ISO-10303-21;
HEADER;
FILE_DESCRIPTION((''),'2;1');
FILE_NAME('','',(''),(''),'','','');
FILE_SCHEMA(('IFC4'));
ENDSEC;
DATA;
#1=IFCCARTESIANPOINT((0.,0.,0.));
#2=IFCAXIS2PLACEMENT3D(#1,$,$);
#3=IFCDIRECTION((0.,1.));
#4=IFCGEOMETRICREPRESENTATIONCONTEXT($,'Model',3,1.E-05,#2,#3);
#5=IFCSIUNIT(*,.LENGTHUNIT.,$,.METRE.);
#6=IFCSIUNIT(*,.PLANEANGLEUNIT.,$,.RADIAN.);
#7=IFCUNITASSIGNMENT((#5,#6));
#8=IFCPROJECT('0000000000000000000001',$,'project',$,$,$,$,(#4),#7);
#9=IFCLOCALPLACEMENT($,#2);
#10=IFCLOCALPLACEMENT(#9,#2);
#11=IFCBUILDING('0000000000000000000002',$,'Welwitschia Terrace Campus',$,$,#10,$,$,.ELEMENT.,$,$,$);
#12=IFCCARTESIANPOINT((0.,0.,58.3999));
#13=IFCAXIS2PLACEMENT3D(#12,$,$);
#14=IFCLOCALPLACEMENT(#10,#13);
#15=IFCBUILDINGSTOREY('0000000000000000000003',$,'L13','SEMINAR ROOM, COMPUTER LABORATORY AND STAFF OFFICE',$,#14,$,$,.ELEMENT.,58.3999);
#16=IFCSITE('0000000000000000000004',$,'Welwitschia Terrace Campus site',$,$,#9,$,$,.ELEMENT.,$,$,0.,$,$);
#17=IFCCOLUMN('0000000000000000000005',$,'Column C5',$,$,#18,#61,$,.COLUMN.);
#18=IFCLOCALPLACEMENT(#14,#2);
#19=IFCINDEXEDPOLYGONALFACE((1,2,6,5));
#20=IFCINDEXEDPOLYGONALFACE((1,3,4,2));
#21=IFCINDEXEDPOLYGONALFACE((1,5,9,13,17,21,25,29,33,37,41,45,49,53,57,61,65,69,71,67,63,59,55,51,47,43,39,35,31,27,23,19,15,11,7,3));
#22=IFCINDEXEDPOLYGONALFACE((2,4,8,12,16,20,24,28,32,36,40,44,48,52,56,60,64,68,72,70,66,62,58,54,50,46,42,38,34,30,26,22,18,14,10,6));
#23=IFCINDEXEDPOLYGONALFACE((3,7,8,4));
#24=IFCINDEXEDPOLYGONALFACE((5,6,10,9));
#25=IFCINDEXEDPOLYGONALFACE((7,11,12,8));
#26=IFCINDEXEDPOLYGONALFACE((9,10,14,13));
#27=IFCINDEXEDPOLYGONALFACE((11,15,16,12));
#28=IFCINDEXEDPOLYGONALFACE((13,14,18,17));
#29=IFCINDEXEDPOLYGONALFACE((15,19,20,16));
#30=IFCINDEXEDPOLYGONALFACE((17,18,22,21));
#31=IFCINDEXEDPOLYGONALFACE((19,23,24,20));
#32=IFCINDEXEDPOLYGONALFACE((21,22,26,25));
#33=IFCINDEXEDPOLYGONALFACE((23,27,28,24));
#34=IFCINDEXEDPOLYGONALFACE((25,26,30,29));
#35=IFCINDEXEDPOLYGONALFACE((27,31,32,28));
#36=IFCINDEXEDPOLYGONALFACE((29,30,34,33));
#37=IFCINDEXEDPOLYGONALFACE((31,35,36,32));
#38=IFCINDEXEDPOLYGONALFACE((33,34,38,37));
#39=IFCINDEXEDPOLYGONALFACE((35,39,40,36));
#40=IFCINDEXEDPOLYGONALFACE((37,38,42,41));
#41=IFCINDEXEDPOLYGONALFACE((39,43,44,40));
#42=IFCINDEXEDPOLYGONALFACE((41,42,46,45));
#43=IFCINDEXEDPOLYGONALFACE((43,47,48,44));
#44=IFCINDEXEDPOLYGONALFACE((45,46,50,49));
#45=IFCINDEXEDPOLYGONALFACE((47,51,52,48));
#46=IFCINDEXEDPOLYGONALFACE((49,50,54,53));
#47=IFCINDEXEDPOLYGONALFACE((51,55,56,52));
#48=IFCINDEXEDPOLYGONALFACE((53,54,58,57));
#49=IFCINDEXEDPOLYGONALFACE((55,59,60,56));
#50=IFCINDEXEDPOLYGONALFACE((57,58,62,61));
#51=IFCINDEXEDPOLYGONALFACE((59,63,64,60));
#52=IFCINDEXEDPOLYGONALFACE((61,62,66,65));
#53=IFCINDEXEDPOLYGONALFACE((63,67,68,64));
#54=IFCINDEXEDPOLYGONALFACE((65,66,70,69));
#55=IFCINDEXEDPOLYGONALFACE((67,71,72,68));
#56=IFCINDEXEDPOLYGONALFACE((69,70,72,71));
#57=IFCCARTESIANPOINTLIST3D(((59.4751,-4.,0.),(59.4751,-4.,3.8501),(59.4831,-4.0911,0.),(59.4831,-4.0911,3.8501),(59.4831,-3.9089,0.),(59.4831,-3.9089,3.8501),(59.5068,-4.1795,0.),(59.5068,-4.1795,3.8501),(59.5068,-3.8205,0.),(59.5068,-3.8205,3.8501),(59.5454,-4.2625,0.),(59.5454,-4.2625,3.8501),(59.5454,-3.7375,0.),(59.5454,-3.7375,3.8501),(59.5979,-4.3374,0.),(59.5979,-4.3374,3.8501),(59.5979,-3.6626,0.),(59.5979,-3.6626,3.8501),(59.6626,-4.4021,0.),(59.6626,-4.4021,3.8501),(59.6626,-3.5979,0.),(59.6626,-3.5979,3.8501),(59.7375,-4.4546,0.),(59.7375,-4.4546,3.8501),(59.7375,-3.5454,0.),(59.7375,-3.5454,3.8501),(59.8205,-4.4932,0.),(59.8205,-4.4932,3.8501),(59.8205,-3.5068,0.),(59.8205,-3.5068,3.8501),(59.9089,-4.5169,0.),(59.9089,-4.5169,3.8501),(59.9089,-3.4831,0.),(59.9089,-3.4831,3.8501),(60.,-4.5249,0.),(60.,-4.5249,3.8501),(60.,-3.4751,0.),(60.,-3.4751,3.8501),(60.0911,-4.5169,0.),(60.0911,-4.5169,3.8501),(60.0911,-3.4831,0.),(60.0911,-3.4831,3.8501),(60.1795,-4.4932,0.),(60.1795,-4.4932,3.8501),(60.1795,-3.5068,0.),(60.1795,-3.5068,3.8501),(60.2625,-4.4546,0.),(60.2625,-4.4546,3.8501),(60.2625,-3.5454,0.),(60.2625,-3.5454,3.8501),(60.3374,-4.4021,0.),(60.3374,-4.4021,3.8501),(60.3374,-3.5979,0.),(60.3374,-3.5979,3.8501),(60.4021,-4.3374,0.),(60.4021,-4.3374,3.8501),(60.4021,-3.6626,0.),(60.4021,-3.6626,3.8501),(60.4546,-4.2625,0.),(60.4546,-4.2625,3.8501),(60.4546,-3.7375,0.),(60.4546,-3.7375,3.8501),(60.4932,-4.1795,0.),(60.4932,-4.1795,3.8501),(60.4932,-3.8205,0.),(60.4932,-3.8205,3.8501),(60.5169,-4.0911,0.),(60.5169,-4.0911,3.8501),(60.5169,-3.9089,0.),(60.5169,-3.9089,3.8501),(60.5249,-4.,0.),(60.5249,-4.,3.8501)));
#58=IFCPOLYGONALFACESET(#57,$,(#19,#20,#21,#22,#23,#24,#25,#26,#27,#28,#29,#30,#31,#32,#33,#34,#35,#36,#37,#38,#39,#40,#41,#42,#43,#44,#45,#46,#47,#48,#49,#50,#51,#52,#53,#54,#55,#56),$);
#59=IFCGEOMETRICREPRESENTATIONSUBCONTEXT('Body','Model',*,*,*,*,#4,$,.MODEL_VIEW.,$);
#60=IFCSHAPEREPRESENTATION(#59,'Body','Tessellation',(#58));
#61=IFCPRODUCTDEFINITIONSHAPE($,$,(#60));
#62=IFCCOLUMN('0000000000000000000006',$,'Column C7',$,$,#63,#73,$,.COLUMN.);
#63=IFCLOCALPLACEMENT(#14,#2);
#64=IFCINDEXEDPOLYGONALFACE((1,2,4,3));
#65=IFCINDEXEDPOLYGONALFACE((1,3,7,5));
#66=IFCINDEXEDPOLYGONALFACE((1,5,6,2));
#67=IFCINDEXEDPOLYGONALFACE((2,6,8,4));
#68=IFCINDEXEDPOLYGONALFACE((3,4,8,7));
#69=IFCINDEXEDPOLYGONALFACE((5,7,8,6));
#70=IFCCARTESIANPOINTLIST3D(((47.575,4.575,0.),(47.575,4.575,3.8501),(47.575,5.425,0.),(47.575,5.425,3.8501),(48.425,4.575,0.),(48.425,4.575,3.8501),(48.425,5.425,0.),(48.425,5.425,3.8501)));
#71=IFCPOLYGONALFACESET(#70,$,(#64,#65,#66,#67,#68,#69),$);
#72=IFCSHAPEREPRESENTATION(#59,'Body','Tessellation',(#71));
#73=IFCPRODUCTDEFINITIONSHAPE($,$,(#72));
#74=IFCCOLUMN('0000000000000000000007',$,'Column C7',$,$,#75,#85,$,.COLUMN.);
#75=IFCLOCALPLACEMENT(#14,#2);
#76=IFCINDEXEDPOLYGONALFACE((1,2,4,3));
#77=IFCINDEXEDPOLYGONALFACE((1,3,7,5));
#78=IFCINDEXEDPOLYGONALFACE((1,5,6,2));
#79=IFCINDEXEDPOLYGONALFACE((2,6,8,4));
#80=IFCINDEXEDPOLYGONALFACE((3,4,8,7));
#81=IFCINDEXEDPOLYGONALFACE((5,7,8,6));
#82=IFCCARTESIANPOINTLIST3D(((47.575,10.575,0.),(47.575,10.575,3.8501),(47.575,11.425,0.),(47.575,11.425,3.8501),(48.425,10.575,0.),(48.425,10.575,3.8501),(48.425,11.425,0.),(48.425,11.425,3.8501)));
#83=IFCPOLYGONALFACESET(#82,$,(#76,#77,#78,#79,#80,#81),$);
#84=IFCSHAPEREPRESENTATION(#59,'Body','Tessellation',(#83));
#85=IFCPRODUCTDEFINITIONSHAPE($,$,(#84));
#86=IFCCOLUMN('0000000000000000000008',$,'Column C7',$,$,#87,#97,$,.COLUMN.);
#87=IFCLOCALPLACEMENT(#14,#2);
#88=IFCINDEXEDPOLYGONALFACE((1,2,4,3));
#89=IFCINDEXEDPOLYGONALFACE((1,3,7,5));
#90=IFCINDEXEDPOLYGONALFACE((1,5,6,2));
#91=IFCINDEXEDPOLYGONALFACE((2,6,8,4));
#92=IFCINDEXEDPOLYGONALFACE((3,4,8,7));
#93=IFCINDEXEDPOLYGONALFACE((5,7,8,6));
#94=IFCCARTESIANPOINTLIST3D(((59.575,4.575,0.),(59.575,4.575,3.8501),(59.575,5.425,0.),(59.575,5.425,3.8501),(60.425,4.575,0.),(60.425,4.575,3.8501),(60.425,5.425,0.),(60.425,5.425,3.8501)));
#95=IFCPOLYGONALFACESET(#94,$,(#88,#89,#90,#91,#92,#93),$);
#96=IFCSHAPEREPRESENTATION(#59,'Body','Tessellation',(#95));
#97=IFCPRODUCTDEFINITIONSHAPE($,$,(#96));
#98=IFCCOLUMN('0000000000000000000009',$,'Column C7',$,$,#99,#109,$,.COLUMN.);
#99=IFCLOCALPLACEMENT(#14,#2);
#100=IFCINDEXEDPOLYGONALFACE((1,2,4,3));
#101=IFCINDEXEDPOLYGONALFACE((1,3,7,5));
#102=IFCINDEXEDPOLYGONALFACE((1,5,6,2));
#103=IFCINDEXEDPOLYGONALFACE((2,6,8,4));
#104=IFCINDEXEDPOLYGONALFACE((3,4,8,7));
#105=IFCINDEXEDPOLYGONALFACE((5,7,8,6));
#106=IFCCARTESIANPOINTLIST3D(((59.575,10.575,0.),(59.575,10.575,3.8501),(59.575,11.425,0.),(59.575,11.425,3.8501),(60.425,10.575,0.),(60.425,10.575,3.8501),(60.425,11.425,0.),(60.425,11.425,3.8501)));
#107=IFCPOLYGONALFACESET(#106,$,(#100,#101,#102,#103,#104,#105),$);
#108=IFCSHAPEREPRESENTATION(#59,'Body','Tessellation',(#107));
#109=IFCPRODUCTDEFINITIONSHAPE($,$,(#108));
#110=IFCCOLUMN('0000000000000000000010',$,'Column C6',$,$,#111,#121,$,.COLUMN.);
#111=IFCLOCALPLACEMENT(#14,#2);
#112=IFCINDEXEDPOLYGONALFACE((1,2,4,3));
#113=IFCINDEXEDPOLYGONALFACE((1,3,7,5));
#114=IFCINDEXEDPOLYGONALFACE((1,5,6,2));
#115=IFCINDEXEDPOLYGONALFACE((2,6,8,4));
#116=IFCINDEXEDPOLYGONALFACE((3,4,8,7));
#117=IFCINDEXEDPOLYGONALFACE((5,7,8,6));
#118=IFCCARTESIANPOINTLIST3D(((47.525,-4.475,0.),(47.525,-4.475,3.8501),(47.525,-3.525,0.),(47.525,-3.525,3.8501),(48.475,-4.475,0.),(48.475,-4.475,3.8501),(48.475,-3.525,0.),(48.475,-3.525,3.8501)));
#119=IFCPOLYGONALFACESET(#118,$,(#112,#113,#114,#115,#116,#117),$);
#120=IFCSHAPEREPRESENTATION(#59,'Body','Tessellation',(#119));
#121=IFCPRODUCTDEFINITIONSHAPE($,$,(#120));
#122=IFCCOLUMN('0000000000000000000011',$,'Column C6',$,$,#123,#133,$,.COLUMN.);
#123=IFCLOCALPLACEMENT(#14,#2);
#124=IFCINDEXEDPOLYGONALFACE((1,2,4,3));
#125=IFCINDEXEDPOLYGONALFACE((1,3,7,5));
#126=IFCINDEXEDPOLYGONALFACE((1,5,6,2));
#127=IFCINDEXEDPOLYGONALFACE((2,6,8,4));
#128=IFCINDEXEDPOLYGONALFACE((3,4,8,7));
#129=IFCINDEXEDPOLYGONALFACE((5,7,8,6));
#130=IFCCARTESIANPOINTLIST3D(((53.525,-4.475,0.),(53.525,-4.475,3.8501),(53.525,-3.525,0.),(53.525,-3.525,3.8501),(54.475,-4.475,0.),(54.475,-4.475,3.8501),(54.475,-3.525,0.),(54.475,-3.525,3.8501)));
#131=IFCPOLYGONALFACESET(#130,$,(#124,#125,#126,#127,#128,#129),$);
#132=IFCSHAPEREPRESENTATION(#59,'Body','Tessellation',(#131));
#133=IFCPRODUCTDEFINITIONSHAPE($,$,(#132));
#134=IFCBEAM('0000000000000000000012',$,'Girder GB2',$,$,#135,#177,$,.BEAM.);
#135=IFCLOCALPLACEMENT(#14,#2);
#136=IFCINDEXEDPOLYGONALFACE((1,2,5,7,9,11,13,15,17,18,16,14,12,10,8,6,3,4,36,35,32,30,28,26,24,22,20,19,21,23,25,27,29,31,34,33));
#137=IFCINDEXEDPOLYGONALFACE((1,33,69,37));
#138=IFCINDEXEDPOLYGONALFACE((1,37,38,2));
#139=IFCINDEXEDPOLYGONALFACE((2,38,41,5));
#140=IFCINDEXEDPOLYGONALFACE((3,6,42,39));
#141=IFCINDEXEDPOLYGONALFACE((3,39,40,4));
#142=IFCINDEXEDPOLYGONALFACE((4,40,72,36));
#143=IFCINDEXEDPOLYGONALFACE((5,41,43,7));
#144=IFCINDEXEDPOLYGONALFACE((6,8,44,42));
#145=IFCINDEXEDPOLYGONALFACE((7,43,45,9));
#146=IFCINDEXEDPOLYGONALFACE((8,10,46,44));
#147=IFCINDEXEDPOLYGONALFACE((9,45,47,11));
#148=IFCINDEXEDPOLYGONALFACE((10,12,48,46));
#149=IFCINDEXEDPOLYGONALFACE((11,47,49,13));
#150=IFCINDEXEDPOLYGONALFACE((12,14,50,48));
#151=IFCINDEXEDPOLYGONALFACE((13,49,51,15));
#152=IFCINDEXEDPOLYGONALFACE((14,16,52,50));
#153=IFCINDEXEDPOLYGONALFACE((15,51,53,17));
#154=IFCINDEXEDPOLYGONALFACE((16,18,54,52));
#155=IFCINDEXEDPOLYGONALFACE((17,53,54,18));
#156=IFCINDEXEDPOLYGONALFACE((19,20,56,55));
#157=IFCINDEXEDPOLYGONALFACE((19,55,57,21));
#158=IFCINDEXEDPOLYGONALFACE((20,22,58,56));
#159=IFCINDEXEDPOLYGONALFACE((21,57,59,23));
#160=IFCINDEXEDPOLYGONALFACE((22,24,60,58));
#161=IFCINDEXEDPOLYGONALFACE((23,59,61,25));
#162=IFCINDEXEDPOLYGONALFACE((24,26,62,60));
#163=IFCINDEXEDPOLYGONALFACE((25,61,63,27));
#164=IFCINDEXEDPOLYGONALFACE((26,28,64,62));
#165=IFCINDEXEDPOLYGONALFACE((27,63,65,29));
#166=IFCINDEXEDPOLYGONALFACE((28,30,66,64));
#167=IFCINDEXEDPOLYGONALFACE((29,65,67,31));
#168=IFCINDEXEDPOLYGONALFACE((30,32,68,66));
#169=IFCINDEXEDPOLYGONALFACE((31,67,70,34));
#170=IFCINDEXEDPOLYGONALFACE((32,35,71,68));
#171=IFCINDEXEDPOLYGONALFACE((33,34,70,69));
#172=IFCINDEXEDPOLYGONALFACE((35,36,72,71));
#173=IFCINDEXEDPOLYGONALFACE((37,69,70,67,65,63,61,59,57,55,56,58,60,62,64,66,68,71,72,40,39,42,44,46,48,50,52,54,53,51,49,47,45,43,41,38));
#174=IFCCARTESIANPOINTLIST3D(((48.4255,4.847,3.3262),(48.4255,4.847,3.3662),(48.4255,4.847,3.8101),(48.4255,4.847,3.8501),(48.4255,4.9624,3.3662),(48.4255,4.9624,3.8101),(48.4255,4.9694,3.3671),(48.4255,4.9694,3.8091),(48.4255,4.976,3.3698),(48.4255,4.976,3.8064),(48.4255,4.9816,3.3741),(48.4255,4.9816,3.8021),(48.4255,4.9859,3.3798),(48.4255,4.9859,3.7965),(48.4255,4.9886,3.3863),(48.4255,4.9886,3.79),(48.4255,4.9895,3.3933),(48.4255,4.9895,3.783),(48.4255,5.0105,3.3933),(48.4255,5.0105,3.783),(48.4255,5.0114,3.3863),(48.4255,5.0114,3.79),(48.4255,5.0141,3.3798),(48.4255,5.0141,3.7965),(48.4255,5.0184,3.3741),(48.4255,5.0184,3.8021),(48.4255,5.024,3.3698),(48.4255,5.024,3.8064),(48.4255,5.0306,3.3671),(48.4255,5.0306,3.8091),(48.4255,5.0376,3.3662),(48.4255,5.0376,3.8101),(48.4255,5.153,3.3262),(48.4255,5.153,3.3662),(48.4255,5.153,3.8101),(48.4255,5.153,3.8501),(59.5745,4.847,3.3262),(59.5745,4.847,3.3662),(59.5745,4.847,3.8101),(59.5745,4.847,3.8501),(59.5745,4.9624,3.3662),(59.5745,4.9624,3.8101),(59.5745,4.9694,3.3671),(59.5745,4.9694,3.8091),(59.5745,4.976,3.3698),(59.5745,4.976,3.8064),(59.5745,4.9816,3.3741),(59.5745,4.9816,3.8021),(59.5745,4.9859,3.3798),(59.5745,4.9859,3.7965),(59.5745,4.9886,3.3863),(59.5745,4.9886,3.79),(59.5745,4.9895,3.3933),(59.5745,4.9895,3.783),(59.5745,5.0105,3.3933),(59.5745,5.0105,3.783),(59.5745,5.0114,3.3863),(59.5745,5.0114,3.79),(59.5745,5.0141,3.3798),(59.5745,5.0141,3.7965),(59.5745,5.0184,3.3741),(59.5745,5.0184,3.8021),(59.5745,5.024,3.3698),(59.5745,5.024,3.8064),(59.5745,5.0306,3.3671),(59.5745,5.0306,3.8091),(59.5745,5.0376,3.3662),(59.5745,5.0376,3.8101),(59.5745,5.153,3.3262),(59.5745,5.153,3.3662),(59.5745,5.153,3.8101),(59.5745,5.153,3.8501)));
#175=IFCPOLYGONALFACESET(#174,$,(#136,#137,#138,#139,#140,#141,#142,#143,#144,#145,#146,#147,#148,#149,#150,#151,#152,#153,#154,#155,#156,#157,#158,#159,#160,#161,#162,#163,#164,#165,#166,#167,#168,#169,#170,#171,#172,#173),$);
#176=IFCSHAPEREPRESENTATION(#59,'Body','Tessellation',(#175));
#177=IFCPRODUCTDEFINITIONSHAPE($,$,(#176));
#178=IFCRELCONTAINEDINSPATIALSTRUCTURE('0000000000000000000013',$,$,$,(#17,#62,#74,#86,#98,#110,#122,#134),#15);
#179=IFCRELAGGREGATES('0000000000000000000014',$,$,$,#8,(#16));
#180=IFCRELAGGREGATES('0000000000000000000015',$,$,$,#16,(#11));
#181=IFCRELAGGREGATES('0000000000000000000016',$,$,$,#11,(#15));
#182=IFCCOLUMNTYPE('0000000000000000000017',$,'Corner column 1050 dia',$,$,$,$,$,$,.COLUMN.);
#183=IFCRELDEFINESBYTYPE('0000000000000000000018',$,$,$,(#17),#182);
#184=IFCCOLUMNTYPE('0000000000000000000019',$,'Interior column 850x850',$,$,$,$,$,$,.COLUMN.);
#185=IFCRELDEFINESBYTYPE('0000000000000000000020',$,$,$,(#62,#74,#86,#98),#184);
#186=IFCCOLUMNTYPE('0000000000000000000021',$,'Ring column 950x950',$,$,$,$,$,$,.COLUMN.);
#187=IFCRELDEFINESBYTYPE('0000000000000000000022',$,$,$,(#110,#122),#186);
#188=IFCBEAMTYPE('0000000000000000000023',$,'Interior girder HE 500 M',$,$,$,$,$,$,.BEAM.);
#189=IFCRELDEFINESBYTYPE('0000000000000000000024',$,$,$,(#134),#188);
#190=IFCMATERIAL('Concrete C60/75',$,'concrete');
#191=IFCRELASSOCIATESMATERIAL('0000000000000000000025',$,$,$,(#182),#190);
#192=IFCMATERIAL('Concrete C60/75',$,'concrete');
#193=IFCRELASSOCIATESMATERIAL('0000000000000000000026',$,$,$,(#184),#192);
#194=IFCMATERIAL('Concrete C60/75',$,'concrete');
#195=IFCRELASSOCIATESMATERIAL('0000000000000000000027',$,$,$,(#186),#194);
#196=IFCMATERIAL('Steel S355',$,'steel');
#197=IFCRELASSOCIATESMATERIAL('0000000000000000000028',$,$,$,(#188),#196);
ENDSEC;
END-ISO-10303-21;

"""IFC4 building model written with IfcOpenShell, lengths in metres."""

from ifc_helpers import new_model, si_unit, direction, frame, origin, origin_2d, place, context, subcontext, project, spatial, rectangle, circle, i_section, extrude, material, material_profile, profile_set, type_object, element, save


model = new_model("IFC4")

# Units and contexts
model_context = context("Model", 3, precision=1e-05, world=origin(), true_north=direction((0.0, 1.0)))
body_context = subcontext(model_context, "Body", "Model", "MODEL_VIEW")
ifc_project = project(units=[si_unit("LENGTHUNIT", "METRE"), si_unit("PLANEANGLEUNIT", "RADIAN")], contexts=[model_context])

# Site, building, storey
site_placement = place(None, origin())
site = spatial("IfcSite", under=ifc_project, at=site_placement, Name="Welwitschia Terrace Campus site", CompositionType="ELEMENT", RefElevation=0.0)
building_placement = place(site_placement, origin())
building = spatial("IfcBuilding", under=site, at=building_placement, Name="Welwitschia Terrace Campus", CompositionType="ELEMENT")
storey_placement = place(building_placement, frame((0.0, 0.0, 58.3999)))
storey = spatial("IfcBuildingStorey", under=building, at=storey_placement, Name="L13", Description="SEMINAR ROOM, COMPUTER LABORATORY AND STAFF OFFICE", CompositionType="ELEMENT", Elevation=58.3999)

# Columns
ifc_material_1 = material(Name="Concrete C60/75", Category="concrete")
ifc_material_profile_1 = material_profile(ifc_material_1, circle(Radius=0.5249, at=origin_2d()))
ifc_profile_set_1 = profile_set([ifc_material_profile_1], Name="Concrete C60/75")
column_type_1 = type_object("IfcColumnType", Name="Corner column 1050 dia", PredefinedType="COLUMN", material=ifc_profile_set_1)
column_placement = place(storey_placement, frame((60.0, -4.0, 0.0), z_axis=(0.0, 0.0, 1.0), x_axis=(1.0, 0.0, 0.0)))
element("IfcColumn", 1, at=column_placement, inside=storey, type_object=column_type_1, Name="Column C5", PredefinedType="COLUMN", context=body_context, shape_type="SweptSolid", body=[
    extrude(circle(Radius=0.5249, at=origin_2d()), origin(), (0.0, 0.0, 1.0), 3.8501),
])
ifc_material_2 = material(Name="Concrete C60/75", Category="concrete")
ifc_material_profile_2 = material_profile(ifc_material_2, rectangle(XDim=0.8501, YDim=0.8501, at=origin_2d()))
ifc_profile_set_2 = profile_set([ifc_material_profile_2], Name="Concrete C60/75")
column_type_2 = type_object("IfcColumnType", Name="Interior column 850x850", PredefinedType="COLUMN", material=ifc_profile_set_2)
for number, where, z_axis, x_axis, name in (
    (2, (48.0, 5.0, 0.0), (0.0, 0.0, 1.0), (1.0, 0.0, 0.0), "Column C7"),
    (3, (48.0, 11.0, 0.0), (0.0, 0.0, 1.0), (1.0, 0.0, 0.0), "Column C7"),
    (4, (60.0, 5.0, 0.0), (0.0, 0.0, 1.0), (1.0, 0.0, 0.0), "Column C7"),
    (5, (60.0, 11.0, 0.0), (0.0, 0.0, 1.0), (1.0, 0.0, 0.0), "Column C7"),
):
    element("IfcColumn", number, at=place(storey_placement, frame(where, z_axis=z_axis, x_axis=x_axis)), inside=storey, type_object=column_type_2, Name=name, PredefinedType="COLUMN", context=body_context, shape_type="SweptSolid", body=[
        extrude(rectangle(XDim=0.8501, YDim=0.8501, at=origin_2d()), origin(), (0.0, 0.0, 1.0), 3.8501),
    ])
ifc_material_3 = material(Name="Concrete C60/75", Category="concrete")
ifc_material_profile_3 = material_profile(ifc_material_3, rectangle(XDim=0.95, YDim=0.95, at=origin_2d()))
ifc_profile_set_3 = profile_set([ifc_material_profile_3], Name="Concrete C60/75")
column_type_3 = type_object("IfcColumnType", Name="Ring column 950x950", PredefinedType="COLUMN", material=ifc_profile_set_3)
for number, where, z_axis, x_axis, name in (
    (6, (48.0, -4.0, 0.0), (0.0, 0.0, 1.0), (1.0, 0.0, 0.0), "Column C6"),
    (7, (54.0, -4.0, 0.0), (0.0, 0.0, 1.0), (1.0, 0.0, 0.0), "Column C6"),
):
    element("IfcColumn", number, at=place(storey_placement, frame(where, z_axis=z_axis, x_axis=x_axis)), inside=storey, type_object=column_type_3, Name=name, PredefinedType="COLUMN", context=body_context, shape_type="SweptSolid", body=[
        extrude(rectangle(XDim=0.95, YDim=0.95, at=origin_2d()), origin(), (0.0, 0.0, 1.0), 3.8501),
    ])

# Beam
ifc_material_4 = material(Name="Steel S355", Category="steel")
ifc_material_profile_4 = material_profile(ifc_material_4, i_section(OverallWidth=0.3059, OverallDepth=0.5239, WebThickness=0.021, FlangeThickness=0.04, FilletRadius=0.0271, at=origin_2d()))
ifc_profile_set_4 = profile_set([ifc_material_profile_4], Name="Steel S355")
beam_type_1 = type_object("IfcBeamType", Name="Interior girder HE 500 M", PredefinedType="BEAM", material=ifc_profile_set_4)
for number, where, z_axis, x_axis, name in (
    (8, (48.4255, 5.0, 3.5881), (1.0, 0.0, 0.0), (0.0, 1.0, 0.0), "Girder GB2"),
):
    element("IfcBeam", number, at=place(storey_placement, frame(where, z_axis=z_axis, x_axis=x_axis)), inside=storey, type_object=beam_type_1, Name=name, PredefinedType="BEAM", context=body_context, shape_type="SweptSolid", body=[
        extrude(i_section(OverallWidth=0.3059, OverallDepth=0.5239, WebThickness=0.021, FlangeThickness=0.04, FilletRadius=0.0271, at=origin_2d()), origin(), (0.0, 0.0, 1.0), 11.1489),
    ])

save(model, "model.ifc")
